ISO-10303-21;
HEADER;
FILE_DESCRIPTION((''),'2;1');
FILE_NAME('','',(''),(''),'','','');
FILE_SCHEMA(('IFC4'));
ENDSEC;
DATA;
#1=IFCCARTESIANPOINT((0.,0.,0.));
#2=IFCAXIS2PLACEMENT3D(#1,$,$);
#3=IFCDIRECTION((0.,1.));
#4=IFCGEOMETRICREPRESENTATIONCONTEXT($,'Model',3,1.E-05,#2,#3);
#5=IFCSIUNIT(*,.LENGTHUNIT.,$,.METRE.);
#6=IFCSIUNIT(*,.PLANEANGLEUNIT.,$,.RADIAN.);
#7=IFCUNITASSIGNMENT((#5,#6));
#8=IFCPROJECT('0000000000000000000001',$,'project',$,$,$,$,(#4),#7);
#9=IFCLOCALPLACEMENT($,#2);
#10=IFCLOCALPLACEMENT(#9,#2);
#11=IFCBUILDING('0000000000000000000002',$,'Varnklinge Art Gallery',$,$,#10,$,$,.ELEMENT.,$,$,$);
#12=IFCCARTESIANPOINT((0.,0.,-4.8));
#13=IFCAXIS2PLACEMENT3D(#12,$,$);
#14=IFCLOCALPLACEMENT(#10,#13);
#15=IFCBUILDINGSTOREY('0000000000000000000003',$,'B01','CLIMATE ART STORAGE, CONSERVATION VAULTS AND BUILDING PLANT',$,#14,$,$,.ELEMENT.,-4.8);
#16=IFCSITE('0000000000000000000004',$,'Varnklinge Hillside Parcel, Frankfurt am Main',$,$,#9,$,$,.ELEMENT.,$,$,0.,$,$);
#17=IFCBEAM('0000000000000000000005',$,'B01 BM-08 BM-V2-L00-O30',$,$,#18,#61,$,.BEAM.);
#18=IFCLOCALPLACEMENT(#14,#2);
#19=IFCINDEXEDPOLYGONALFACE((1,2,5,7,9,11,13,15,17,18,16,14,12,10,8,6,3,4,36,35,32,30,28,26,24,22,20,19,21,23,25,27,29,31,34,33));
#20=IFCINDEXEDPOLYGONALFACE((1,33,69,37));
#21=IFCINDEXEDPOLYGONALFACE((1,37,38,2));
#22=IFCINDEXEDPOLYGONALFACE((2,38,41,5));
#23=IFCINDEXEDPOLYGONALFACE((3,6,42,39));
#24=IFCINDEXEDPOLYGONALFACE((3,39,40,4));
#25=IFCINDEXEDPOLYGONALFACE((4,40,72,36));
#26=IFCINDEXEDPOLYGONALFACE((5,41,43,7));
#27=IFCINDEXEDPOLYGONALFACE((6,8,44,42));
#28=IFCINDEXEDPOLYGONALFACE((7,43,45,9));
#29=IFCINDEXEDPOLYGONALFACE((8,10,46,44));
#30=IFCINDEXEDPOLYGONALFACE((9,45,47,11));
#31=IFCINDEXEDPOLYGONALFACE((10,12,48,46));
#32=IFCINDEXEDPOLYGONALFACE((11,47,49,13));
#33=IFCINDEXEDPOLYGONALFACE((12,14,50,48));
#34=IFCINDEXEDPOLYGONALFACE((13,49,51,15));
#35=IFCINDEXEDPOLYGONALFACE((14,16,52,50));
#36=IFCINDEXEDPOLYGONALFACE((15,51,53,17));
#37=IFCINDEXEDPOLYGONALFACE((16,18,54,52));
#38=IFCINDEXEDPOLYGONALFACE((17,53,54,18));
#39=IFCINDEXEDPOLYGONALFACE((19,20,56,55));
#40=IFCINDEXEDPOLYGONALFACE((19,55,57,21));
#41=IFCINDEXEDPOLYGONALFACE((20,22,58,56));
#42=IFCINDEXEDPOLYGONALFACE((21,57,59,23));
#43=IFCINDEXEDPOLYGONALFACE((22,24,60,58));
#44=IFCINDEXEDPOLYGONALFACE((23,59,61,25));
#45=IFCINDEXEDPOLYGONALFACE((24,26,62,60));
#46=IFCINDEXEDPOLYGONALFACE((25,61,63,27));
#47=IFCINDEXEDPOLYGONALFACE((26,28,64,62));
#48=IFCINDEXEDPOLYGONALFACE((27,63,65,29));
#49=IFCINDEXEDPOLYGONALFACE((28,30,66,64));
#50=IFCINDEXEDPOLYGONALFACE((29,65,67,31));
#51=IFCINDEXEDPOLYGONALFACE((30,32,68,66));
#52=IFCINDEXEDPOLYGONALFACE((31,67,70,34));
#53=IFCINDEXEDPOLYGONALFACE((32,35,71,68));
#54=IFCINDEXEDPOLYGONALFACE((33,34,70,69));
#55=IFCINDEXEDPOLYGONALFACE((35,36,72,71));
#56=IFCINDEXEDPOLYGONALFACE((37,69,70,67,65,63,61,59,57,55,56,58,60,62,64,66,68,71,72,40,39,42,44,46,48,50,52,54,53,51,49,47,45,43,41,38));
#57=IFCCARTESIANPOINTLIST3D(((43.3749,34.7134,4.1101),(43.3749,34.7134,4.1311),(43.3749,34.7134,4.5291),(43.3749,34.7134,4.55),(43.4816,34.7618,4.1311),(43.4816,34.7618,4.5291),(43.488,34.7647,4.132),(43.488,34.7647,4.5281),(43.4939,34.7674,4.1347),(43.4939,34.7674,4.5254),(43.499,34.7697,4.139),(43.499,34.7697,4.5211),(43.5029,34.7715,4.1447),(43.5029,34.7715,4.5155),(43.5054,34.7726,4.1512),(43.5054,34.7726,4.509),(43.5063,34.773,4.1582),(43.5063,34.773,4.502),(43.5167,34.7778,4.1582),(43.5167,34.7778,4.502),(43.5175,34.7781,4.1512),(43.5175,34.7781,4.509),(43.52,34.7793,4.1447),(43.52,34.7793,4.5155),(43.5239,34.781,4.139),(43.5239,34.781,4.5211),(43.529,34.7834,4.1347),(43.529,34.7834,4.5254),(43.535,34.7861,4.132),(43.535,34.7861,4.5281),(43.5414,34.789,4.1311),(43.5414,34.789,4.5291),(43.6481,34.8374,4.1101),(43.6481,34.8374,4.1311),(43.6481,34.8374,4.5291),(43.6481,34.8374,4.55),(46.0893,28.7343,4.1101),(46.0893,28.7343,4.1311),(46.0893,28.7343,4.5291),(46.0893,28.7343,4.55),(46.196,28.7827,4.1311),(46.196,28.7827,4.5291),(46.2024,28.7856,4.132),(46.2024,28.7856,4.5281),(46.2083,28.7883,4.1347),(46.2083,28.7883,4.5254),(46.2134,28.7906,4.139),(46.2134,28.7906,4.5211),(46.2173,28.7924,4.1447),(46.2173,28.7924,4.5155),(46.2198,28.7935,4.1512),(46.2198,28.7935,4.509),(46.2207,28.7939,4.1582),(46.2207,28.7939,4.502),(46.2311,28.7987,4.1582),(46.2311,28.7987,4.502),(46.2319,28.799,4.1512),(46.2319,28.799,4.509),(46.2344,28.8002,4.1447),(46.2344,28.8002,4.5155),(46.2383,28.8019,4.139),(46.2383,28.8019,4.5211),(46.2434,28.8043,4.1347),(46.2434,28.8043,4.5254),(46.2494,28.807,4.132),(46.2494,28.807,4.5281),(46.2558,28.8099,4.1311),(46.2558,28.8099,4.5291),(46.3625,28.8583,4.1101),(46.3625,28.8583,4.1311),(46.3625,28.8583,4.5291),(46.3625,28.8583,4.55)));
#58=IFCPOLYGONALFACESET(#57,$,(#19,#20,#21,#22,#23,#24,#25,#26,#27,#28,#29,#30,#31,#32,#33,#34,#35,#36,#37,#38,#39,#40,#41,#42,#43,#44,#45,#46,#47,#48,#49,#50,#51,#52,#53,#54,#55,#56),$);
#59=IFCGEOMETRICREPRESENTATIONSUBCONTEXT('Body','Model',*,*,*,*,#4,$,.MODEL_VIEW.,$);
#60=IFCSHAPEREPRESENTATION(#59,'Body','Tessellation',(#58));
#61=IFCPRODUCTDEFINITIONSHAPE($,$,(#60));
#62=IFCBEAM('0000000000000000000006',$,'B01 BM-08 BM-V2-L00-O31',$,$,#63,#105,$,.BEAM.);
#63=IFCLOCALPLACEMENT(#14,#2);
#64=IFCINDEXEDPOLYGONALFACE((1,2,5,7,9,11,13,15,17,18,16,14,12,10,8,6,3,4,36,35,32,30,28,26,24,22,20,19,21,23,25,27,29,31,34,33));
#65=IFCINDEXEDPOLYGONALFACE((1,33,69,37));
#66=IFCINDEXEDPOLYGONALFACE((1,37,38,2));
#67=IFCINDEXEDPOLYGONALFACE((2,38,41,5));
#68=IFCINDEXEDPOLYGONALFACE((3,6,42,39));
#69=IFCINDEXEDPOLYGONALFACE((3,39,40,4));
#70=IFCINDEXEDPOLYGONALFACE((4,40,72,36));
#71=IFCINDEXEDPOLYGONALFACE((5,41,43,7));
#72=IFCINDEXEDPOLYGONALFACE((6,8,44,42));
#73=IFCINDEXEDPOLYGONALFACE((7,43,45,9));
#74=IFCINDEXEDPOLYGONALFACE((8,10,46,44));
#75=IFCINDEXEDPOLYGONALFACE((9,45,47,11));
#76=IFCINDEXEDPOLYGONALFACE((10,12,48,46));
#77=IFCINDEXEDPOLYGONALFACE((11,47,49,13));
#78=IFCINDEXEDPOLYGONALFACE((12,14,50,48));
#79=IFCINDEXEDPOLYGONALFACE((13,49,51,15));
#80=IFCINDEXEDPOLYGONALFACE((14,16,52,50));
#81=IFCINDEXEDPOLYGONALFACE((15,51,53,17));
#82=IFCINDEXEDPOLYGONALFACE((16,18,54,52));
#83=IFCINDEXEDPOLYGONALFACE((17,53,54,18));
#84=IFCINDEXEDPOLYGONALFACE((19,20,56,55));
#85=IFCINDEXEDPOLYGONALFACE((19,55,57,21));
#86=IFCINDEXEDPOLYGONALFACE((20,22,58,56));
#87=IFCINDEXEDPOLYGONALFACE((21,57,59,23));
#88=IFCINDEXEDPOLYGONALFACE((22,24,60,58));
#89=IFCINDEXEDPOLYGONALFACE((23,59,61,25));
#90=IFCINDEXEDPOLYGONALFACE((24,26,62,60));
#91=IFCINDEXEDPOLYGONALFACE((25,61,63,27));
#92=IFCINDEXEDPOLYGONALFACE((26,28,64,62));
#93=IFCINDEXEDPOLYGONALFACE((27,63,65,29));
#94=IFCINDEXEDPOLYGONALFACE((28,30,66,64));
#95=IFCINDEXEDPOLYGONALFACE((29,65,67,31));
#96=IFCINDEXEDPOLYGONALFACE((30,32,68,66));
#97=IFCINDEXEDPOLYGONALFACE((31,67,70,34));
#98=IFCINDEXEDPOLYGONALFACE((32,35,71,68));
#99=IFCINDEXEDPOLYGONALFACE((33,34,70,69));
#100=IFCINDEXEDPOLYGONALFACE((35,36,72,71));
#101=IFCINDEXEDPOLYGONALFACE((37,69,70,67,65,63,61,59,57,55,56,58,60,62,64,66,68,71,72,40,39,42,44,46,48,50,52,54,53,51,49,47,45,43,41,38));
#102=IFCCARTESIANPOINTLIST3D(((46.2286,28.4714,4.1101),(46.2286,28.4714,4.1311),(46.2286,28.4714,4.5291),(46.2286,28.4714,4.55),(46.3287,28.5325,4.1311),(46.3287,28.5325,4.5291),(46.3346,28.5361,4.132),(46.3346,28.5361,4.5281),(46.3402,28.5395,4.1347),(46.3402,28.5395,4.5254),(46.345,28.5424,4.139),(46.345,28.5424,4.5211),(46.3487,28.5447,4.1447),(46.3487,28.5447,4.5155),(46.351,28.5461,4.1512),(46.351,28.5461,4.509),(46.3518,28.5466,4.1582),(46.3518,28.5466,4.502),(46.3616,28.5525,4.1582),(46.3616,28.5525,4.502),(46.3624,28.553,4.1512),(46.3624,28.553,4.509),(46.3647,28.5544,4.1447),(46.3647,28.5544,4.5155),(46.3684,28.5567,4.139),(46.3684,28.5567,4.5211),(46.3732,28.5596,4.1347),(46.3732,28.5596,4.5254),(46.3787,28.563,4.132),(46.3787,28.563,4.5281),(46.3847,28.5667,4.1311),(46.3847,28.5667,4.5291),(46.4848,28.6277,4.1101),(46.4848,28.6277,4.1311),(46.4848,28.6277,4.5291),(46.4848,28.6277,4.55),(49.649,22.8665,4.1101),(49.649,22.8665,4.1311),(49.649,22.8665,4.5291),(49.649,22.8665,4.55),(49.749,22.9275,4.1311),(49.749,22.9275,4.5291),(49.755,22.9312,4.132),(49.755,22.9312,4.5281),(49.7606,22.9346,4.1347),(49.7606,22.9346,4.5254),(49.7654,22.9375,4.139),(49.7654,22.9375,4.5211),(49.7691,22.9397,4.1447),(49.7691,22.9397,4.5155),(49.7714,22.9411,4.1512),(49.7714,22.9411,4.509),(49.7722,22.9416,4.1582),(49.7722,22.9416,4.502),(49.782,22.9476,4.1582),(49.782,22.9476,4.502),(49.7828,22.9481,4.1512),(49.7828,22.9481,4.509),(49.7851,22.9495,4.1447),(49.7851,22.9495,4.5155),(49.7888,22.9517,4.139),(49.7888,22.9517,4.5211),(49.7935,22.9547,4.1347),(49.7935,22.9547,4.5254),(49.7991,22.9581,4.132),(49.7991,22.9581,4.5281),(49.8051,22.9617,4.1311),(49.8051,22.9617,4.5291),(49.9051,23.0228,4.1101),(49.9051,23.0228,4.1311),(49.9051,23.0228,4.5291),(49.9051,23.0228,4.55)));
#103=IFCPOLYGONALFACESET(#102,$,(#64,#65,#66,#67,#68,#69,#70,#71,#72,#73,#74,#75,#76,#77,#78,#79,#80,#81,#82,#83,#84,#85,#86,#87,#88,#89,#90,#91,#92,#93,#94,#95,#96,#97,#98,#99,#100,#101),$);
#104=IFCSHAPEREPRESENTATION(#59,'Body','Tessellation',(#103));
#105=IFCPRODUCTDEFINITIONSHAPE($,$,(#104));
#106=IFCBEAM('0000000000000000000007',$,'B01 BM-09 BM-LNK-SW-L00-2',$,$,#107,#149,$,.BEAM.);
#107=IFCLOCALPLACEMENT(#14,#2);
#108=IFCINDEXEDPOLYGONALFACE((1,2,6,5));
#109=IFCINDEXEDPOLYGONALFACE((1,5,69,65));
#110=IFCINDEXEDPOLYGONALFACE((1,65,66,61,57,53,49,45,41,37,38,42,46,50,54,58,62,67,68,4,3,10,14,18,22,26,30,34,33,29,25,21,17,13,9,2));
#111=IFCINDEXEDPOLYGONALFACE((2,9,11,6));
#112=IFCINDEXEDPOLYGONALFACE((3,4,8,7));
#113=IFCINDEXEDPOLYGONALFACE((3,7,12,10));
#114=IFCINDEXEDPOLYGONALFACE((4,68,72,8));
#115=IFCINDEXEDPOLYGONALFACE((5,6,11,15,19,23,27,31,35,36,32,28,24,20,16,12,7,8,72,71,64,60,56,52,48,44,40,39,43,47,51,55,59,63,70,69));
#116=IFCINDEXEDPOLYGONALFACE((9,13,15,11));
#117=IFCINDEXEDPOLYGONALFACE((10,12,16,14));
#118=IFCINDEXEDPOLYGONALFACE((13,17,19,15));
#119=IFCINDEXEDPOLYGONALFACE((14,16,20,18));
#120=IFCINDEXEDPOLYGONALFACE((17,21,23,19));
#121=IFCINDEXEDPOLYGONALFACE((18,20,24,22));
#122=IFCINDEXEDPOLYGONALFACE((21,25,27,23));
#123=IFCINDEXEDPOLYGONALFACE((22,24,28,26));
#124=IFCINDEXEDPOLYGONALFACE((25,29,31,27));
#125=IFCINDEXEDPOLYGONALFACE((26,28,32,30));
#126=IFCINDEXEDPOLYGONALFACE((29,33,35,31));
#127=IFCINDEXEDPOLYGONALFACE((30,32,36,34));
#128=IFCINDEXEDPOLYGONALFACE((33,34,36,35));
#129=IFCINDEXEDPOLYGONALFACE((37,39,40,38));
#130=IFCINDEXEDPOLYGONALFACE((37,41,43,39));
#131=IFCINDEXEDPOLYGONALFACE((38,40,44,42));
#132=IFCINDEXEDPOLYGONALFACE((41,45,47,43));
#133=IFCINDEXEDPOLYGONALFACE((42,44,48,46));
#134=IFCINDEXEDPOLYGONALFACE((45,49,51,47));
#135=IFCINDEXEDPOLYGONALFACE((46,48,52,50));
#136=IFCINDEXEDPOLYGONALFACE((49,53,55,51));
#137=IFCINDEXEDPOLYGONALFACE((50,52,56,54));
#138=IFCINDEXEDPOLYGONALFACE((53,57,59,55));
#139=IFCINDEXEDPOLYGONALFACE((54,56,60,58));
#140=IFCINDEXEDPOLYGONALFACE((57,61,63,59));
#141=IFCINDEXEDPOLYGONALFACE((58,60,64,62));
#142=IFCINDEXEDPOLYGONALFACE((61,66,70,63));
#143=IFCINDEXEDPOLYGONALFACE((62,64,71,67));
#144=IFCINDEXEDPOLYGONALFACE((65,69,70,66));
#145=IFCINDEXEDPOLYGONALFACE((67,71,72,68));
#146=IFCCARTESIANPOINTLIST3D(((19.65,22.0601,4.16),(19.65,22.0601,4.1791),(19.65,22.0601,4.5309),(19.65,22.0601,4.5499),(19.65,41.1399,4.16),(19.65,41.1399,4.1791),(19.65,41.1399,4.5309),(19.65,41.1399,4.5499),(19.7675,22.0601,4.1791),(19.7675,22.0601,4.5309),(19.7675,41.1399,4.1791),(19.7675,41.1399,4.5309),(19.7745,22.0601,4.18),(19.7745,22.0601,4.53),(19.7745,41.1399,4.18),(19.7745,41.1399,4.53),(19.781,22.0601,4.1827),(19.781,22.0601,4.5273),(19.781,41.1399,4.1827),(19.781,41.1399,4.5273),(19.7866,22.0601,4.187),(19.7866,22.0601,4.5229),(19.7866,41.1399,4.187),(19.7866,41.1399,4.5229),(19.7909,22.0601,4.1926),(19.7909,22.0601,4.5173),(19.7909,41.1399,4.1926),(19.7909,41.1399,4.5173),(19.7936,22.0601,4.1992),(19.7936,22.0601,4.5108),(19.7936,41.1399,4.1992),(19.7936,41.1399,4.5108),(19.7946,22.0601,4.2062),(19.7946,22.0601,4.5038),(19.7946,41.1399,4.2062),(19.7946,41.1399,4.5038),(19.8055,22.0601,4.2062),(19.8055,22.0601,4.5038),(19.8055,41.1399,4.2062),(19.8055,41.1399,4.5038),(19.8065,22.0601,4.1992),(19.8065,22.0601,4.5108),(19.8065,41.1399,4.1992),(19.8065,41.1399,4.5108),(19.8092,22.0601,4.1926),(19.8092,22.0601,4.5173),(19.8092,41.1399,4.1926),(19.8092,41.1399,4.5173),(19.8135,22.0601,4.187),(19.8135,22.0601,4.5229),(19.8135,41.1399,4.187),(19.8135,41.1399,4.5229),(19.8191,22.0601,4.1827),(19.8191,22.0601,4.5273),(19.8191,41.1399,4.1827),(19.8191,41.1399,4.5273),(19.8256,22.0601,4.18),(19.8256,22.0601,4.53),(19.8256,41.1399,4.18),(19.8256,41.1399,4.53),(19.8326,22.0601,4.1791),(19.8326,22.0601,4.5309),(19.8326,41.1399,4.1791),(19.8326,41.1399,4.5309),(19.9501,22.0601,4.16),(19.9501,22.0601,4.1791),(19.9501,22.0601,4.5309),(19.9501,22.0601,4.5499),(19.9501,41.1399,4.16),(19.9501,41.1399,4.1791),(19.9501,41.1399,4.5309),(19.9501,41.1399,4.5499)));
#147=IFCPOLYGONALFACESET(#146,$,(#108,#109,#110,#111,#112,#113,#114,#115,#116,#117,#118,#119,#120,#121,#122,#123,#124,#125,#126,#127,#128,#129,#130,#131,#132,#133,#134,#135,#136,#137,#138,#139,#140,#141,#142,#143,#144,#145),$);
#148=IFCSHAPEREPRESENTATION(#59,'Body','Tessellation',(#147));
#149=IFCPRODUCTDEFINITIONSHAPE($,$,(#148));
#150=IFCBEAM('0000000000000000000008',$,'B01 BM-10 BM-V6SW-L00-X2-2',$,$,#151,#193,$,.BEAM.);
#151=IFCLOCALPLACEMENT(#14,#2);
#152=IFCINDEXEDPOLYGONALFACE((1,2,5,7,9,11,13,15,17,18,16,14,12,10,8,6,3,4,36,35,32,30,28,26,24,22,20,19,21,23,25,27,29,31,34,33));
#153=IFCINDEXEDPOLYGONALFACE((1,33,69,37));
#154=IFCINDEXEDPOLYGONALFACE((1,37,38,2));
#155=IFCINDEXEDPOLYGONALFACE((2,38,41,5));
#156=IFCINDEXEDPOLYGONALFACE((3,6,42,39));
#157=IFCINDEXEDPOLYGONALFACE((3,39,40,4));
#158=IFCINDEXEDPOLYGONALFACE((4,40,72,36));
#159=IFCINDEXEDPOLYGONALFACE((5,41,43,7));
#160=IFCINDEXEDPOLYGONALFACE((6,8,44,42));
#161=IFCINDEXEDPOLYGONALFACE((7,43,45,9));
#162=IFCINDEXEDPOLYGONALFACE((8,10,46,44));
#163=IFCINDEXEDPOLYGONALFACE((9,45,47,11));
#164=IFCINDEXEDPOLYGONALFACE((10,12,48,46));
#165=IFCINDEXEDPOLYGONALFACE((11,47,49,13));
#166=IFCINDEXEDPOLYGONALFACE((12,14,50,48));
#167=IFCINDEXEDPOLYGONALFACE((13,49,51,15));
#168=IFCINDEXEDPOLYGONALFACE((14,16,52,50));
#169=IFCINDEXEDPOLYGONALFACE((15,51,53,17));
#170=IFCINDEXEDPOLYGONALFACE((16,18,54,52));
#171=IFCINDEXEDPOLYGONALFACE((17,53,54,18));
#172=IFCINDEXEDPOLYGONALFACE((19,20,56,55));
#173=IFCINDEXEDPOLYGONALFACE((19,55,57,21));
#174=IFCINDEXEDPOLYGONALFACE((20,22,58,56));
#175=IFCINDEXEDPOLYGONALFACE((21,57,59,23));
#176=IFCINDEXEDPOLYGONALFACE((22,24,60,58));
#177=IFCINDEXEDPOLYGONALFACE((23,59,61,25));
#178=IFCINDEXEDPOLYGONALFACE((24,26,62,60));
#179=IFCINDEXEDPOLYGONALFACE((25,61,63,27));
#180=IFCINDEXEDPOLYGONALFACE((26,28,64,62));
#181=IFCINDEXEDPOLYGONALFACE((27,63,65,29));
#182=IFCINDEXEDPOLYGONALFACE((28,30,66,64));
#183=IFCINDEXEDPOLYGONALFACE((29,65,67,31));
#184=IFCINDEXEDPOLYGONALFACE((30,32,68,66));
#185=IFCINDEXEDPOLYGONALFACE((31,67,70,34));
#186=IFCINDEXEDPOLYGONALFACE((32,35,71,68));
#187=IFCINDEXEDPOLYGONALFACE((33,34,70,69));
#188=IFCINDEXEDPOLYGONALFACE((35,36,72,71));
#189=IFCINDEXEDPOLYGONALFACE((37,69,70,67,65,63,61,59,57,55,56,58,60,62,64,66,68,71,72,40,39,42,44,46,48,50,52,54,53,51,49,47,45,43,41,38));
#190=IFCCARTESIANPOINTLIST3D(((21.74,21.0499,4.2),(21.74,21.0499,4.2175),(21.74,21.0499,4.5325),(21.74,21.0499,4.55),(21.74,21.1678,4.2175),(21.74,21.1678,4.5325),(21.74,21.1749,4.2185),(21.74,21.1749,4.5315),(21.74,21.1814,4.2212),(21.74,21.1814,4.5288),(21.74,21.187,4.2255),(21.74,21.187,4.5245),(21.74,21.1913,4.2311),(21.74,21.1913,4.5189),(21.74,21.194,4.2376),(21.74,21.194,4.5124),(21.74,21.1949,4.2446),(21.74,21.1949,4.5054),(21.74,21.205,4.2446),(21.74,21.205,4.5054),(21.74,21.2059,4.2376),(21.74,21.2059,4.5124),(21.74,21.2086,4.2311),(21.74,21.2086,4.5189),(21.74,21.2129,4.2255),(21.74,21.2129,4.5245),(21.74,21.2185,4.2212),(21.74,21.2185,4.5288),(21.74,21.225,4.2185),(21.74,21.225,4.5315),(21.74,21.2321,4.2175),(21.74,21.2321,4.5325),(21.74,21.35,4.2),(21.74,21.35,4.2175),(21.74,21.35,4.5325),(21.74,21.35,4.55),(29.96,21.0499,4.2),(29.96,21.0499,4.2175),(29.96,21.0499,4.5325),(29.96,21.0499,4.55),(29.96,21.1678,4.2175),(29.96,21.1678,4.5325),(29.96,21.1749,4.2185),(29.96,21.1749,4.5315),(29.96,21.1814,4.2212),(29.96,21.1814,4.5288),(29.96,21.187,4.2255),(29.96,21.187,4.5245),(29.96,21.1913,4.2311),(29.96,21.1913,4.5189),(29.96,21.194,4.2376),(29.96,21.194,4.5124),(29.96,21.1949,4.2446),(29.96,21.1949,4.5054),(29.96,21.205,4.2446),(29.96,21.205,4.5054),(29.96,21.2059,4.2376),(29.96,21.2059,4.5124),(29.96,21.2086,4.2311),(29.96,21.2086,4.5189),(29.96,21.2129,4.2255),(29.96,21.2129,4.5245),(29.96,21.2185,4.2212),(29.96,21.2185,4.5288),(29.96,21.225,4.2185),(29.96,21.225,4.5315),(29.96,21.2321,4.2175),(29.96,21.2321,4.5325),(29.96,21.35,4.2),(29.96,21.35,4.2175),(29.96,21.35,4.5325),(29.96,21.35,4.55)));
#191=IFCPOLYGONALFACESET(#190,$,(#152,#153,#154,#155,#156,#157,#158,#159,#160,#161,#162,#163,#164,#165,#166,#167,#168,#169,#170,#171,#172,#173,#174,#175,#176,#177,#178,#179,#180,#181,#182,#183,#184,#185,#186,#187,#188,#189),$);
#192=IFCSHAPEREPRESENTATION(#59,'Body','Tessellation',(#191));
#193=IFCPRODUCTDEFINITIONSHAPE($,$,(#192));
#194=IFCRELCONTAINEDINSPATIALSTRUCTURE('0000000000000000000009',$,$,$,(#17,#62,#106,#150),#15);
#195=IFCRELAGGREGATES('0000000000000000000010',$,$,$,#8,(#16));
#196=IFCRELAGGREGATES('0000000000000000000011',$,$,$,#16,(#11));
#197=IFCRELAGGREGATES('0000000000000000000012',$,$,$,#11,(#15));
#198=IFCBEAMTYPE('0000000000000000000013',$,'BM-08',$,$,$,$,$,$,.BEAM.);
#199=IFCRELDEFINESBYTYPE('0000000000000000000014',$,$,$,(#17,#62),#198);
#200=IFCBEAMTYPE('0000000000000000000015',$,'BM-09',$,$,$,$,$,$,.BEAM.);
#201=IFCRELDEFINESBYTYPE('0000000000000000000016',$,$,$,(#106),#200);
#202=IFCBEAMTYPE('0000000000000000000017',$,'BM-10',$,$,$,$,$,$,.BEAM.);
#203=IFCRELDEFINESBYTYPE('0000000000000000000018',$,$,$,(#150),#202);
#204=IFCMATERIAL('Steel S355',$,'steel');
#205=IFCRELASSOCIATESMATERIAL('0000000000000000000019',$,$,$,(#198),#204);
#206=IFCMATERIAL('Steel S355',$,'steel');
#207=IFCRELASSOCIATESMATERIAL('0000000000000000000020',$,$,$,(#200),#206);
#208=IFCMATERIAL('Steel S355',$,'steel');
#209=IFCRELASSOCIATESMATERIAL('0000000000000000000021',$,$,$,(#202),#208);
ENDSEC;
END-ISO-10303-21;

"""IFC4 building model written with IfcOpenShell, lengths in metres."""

from ifc_helpers import new_model, si_unit, direction, frame, origin, origin_2d, place, context, subcontext, project, spatial, i_section, extrude, material, material_profile, profile_set, type_object, element, save


model = new_model("IFC4")

# Units and contexts
model_context = context("Model", 3, precision=1e-05, world=origin(), true_north=direction((0.0, 1.0)))
body_context = subcontext(model_context, "Body", "Model", "MODEL_VIEW")
ifc_project = project(units=[si_unit("LENGTHUNIT", "METRE"), si_unit("PLANEANGLEUNIT", "RADIAN")], contexts=[model_context])

# Site, building, storey
site_placement = place(None, origin())
site = spatial("IfcSite", under=ifc_project, at=site_placement, Name="Varnklinge Hillside Parcel, Frankfurt am Main", CompositionType="ELEMENT", RefElevation=0.0)
building_placement = place(site_placement, origin())
building = spatial("IfcBuilding", under=site, at=building_placement, Name="Varnklinge Art Gallery", CompositionType="ELEMENT")
storey_placement = place(building_placement, frame((0.0, 0.0, -4.8)))
storey = spatial("IfcBuildingStorey", under=building, at=storey_placement, Name="B01", Description="CLIMATE ART STORAGE, CONSERVATION VAULTS AND BUILDING PLANT", CompositionType="ELEMENT", Elevation=-4.8)

# Beams
ifc_material_1 = material(Name="Steel S355", Category="steel")
ifc_material_profile_1 = material_profile(ifc_material_1, i_section(OverallWidth=0.3, OverallDepth=0.4399, WebThickness=0.0115, FlangeThickness=0.021, FilletRadius=0.0271, at=origin_2d()), Name="HEA 450")
ifc_profile_set_1 = profile_set([ifc_material_profile_1], Name="Steel S355")
beam_type_1 = type_object("IfcBeamType", Name="BM-08", PredefinedType="BEAM", material=ifc_profile_set_1)
beam_1_placement = place(storey_placement, frame((43.5115, 34.7754, 4.3301), z_axis=(0.413377, -0.91056, 0.0), x_axis=(0.91056, 0.413377, 0.0)))
element("IfcBeam", 1, at=beam_1_placement, inside=storey, type_object=beam_type_1, Name="B01 BM-08 BM-V2-L00-O30", PredefinedType="BEAM", context=body_context, shape_type="SweptSolid", body=[
    extrude(i_section(OverallWidth=0.3, OverallDepth=0.4399, WebThickness=0.0115, FlangeThickness=0.021, FilletRadius=0.0271, at=origin_2d()), origin(), (0.0, 0.0, 1.0), 6.5664),
])
beam_2_placement = place(storey_placement, frame((46.3567, 28.5496, 4.3301), z_axis=(0.520911, -0.853611, 0.0), x_axis=(0.853611, 0.520911, 0.0)))
element("IfcBeam", 2, at=beam_2_placement, inside=storey, type_object=beam_type_1, Name="B01 BM-08 BM-V2-L00-O31", PredefinedType="BEAM", context=body_context, shape_type="SweptSolid", body=[
    extrude(i_section(OverallWidth=0.3, OverallDepth=0.4399, WebThickness=0.0115, FlangeThickness=0.021, FilletRadius=0.0271, at=origin_2d()), origin(), (0.0, 0.0, 1.0), 6.5662),
])
ifc_material_2 = material(Name="Steel S355", Category="steel")
ifc_material_profile_2 = material_profile(ifc_material_2, i_section(OverallWidth=0.3, OverallDepth=0.3899, WebThickness=0.011, FlangeThickness=0.019, FilletRadius=0.0271, at=origin_2d()), Name="HEA 400")
ifc_profile_set_2 = profile_set([ifc_material_profile_2], Name="Steel S355")
beam_type_2 = type_object("IfcBeamType", Name="BM-09", PredefinedType="BEAM", material=ifc_profile_set_2)
beam_3_placement = place(storey_placement, frame((19.8, 22.0601, 4.355), z_axis=(0.0, 1.0, 0.0), x_axis=(-1.0, 0.0, 0.0)))
element("IfcBeam", 3, at=beam_3_placement, inside=storey, type_object=beam_type_2, Name="B01 BM-09 BM-LNK-SW-L00-2", PredefinedType="BEAM", context=body_context, shape_type="SweptSolid", body=[
    extrude(i_section(OverallWidth=0.3, OverallDepth=0.3899, WebThickness=0.011, FlangeThickness=0.019, FilletRadius=0.0271, at=origin_2d()), origin(), (0.0, 0.0, 1.0), 19.0798),
])
ifc_material_3 = material(Name="Steel S355", Category="steel")
ifc_material_profile_3 = material_profile(ifc_material_3, i_section(OverallWidth=0.3, OverallDepth=0.3501, WebThickness=0.01, FlangeThickness=0.0176, FilletRadius=0.0271, at=origin_2d()), Name="HEA 360")
ifc_profile_set_3 = profile_set([ifc_material_profile_3], Name="Steel S355")
beam_type_3 = type_object("IfcBeamType", Name="BM-10", PredefinedType="BEAM", material=ifc_profile_set_3)
beam_4_placement = place(storey_placement, frame((21.74, 21.2, 4.375), z_axis=(1.0, 0.0, 0.0), x_axis=(0.0, 1.0, 0.0)))
element("IfcBeam", 4, at=beam_4_placement, inside=storey, type_object=beam_type_3, Name="B01 BM-10 BM-V6SW-L00-X2-2", PredefinedType="BEAM", context=body_context, shape_type="SweptSolid", body=[
    extrude(i_section(OverallWidth=0.3, OverallDepth=0.3501, WebThickness=0.01, FlangeThickness=0.0176, FilletRadius=0.0271, at=origin_2d()), origin(), (0.0, 0.0, 1.0), 8.22),
])

save(model, "model.ifc")
